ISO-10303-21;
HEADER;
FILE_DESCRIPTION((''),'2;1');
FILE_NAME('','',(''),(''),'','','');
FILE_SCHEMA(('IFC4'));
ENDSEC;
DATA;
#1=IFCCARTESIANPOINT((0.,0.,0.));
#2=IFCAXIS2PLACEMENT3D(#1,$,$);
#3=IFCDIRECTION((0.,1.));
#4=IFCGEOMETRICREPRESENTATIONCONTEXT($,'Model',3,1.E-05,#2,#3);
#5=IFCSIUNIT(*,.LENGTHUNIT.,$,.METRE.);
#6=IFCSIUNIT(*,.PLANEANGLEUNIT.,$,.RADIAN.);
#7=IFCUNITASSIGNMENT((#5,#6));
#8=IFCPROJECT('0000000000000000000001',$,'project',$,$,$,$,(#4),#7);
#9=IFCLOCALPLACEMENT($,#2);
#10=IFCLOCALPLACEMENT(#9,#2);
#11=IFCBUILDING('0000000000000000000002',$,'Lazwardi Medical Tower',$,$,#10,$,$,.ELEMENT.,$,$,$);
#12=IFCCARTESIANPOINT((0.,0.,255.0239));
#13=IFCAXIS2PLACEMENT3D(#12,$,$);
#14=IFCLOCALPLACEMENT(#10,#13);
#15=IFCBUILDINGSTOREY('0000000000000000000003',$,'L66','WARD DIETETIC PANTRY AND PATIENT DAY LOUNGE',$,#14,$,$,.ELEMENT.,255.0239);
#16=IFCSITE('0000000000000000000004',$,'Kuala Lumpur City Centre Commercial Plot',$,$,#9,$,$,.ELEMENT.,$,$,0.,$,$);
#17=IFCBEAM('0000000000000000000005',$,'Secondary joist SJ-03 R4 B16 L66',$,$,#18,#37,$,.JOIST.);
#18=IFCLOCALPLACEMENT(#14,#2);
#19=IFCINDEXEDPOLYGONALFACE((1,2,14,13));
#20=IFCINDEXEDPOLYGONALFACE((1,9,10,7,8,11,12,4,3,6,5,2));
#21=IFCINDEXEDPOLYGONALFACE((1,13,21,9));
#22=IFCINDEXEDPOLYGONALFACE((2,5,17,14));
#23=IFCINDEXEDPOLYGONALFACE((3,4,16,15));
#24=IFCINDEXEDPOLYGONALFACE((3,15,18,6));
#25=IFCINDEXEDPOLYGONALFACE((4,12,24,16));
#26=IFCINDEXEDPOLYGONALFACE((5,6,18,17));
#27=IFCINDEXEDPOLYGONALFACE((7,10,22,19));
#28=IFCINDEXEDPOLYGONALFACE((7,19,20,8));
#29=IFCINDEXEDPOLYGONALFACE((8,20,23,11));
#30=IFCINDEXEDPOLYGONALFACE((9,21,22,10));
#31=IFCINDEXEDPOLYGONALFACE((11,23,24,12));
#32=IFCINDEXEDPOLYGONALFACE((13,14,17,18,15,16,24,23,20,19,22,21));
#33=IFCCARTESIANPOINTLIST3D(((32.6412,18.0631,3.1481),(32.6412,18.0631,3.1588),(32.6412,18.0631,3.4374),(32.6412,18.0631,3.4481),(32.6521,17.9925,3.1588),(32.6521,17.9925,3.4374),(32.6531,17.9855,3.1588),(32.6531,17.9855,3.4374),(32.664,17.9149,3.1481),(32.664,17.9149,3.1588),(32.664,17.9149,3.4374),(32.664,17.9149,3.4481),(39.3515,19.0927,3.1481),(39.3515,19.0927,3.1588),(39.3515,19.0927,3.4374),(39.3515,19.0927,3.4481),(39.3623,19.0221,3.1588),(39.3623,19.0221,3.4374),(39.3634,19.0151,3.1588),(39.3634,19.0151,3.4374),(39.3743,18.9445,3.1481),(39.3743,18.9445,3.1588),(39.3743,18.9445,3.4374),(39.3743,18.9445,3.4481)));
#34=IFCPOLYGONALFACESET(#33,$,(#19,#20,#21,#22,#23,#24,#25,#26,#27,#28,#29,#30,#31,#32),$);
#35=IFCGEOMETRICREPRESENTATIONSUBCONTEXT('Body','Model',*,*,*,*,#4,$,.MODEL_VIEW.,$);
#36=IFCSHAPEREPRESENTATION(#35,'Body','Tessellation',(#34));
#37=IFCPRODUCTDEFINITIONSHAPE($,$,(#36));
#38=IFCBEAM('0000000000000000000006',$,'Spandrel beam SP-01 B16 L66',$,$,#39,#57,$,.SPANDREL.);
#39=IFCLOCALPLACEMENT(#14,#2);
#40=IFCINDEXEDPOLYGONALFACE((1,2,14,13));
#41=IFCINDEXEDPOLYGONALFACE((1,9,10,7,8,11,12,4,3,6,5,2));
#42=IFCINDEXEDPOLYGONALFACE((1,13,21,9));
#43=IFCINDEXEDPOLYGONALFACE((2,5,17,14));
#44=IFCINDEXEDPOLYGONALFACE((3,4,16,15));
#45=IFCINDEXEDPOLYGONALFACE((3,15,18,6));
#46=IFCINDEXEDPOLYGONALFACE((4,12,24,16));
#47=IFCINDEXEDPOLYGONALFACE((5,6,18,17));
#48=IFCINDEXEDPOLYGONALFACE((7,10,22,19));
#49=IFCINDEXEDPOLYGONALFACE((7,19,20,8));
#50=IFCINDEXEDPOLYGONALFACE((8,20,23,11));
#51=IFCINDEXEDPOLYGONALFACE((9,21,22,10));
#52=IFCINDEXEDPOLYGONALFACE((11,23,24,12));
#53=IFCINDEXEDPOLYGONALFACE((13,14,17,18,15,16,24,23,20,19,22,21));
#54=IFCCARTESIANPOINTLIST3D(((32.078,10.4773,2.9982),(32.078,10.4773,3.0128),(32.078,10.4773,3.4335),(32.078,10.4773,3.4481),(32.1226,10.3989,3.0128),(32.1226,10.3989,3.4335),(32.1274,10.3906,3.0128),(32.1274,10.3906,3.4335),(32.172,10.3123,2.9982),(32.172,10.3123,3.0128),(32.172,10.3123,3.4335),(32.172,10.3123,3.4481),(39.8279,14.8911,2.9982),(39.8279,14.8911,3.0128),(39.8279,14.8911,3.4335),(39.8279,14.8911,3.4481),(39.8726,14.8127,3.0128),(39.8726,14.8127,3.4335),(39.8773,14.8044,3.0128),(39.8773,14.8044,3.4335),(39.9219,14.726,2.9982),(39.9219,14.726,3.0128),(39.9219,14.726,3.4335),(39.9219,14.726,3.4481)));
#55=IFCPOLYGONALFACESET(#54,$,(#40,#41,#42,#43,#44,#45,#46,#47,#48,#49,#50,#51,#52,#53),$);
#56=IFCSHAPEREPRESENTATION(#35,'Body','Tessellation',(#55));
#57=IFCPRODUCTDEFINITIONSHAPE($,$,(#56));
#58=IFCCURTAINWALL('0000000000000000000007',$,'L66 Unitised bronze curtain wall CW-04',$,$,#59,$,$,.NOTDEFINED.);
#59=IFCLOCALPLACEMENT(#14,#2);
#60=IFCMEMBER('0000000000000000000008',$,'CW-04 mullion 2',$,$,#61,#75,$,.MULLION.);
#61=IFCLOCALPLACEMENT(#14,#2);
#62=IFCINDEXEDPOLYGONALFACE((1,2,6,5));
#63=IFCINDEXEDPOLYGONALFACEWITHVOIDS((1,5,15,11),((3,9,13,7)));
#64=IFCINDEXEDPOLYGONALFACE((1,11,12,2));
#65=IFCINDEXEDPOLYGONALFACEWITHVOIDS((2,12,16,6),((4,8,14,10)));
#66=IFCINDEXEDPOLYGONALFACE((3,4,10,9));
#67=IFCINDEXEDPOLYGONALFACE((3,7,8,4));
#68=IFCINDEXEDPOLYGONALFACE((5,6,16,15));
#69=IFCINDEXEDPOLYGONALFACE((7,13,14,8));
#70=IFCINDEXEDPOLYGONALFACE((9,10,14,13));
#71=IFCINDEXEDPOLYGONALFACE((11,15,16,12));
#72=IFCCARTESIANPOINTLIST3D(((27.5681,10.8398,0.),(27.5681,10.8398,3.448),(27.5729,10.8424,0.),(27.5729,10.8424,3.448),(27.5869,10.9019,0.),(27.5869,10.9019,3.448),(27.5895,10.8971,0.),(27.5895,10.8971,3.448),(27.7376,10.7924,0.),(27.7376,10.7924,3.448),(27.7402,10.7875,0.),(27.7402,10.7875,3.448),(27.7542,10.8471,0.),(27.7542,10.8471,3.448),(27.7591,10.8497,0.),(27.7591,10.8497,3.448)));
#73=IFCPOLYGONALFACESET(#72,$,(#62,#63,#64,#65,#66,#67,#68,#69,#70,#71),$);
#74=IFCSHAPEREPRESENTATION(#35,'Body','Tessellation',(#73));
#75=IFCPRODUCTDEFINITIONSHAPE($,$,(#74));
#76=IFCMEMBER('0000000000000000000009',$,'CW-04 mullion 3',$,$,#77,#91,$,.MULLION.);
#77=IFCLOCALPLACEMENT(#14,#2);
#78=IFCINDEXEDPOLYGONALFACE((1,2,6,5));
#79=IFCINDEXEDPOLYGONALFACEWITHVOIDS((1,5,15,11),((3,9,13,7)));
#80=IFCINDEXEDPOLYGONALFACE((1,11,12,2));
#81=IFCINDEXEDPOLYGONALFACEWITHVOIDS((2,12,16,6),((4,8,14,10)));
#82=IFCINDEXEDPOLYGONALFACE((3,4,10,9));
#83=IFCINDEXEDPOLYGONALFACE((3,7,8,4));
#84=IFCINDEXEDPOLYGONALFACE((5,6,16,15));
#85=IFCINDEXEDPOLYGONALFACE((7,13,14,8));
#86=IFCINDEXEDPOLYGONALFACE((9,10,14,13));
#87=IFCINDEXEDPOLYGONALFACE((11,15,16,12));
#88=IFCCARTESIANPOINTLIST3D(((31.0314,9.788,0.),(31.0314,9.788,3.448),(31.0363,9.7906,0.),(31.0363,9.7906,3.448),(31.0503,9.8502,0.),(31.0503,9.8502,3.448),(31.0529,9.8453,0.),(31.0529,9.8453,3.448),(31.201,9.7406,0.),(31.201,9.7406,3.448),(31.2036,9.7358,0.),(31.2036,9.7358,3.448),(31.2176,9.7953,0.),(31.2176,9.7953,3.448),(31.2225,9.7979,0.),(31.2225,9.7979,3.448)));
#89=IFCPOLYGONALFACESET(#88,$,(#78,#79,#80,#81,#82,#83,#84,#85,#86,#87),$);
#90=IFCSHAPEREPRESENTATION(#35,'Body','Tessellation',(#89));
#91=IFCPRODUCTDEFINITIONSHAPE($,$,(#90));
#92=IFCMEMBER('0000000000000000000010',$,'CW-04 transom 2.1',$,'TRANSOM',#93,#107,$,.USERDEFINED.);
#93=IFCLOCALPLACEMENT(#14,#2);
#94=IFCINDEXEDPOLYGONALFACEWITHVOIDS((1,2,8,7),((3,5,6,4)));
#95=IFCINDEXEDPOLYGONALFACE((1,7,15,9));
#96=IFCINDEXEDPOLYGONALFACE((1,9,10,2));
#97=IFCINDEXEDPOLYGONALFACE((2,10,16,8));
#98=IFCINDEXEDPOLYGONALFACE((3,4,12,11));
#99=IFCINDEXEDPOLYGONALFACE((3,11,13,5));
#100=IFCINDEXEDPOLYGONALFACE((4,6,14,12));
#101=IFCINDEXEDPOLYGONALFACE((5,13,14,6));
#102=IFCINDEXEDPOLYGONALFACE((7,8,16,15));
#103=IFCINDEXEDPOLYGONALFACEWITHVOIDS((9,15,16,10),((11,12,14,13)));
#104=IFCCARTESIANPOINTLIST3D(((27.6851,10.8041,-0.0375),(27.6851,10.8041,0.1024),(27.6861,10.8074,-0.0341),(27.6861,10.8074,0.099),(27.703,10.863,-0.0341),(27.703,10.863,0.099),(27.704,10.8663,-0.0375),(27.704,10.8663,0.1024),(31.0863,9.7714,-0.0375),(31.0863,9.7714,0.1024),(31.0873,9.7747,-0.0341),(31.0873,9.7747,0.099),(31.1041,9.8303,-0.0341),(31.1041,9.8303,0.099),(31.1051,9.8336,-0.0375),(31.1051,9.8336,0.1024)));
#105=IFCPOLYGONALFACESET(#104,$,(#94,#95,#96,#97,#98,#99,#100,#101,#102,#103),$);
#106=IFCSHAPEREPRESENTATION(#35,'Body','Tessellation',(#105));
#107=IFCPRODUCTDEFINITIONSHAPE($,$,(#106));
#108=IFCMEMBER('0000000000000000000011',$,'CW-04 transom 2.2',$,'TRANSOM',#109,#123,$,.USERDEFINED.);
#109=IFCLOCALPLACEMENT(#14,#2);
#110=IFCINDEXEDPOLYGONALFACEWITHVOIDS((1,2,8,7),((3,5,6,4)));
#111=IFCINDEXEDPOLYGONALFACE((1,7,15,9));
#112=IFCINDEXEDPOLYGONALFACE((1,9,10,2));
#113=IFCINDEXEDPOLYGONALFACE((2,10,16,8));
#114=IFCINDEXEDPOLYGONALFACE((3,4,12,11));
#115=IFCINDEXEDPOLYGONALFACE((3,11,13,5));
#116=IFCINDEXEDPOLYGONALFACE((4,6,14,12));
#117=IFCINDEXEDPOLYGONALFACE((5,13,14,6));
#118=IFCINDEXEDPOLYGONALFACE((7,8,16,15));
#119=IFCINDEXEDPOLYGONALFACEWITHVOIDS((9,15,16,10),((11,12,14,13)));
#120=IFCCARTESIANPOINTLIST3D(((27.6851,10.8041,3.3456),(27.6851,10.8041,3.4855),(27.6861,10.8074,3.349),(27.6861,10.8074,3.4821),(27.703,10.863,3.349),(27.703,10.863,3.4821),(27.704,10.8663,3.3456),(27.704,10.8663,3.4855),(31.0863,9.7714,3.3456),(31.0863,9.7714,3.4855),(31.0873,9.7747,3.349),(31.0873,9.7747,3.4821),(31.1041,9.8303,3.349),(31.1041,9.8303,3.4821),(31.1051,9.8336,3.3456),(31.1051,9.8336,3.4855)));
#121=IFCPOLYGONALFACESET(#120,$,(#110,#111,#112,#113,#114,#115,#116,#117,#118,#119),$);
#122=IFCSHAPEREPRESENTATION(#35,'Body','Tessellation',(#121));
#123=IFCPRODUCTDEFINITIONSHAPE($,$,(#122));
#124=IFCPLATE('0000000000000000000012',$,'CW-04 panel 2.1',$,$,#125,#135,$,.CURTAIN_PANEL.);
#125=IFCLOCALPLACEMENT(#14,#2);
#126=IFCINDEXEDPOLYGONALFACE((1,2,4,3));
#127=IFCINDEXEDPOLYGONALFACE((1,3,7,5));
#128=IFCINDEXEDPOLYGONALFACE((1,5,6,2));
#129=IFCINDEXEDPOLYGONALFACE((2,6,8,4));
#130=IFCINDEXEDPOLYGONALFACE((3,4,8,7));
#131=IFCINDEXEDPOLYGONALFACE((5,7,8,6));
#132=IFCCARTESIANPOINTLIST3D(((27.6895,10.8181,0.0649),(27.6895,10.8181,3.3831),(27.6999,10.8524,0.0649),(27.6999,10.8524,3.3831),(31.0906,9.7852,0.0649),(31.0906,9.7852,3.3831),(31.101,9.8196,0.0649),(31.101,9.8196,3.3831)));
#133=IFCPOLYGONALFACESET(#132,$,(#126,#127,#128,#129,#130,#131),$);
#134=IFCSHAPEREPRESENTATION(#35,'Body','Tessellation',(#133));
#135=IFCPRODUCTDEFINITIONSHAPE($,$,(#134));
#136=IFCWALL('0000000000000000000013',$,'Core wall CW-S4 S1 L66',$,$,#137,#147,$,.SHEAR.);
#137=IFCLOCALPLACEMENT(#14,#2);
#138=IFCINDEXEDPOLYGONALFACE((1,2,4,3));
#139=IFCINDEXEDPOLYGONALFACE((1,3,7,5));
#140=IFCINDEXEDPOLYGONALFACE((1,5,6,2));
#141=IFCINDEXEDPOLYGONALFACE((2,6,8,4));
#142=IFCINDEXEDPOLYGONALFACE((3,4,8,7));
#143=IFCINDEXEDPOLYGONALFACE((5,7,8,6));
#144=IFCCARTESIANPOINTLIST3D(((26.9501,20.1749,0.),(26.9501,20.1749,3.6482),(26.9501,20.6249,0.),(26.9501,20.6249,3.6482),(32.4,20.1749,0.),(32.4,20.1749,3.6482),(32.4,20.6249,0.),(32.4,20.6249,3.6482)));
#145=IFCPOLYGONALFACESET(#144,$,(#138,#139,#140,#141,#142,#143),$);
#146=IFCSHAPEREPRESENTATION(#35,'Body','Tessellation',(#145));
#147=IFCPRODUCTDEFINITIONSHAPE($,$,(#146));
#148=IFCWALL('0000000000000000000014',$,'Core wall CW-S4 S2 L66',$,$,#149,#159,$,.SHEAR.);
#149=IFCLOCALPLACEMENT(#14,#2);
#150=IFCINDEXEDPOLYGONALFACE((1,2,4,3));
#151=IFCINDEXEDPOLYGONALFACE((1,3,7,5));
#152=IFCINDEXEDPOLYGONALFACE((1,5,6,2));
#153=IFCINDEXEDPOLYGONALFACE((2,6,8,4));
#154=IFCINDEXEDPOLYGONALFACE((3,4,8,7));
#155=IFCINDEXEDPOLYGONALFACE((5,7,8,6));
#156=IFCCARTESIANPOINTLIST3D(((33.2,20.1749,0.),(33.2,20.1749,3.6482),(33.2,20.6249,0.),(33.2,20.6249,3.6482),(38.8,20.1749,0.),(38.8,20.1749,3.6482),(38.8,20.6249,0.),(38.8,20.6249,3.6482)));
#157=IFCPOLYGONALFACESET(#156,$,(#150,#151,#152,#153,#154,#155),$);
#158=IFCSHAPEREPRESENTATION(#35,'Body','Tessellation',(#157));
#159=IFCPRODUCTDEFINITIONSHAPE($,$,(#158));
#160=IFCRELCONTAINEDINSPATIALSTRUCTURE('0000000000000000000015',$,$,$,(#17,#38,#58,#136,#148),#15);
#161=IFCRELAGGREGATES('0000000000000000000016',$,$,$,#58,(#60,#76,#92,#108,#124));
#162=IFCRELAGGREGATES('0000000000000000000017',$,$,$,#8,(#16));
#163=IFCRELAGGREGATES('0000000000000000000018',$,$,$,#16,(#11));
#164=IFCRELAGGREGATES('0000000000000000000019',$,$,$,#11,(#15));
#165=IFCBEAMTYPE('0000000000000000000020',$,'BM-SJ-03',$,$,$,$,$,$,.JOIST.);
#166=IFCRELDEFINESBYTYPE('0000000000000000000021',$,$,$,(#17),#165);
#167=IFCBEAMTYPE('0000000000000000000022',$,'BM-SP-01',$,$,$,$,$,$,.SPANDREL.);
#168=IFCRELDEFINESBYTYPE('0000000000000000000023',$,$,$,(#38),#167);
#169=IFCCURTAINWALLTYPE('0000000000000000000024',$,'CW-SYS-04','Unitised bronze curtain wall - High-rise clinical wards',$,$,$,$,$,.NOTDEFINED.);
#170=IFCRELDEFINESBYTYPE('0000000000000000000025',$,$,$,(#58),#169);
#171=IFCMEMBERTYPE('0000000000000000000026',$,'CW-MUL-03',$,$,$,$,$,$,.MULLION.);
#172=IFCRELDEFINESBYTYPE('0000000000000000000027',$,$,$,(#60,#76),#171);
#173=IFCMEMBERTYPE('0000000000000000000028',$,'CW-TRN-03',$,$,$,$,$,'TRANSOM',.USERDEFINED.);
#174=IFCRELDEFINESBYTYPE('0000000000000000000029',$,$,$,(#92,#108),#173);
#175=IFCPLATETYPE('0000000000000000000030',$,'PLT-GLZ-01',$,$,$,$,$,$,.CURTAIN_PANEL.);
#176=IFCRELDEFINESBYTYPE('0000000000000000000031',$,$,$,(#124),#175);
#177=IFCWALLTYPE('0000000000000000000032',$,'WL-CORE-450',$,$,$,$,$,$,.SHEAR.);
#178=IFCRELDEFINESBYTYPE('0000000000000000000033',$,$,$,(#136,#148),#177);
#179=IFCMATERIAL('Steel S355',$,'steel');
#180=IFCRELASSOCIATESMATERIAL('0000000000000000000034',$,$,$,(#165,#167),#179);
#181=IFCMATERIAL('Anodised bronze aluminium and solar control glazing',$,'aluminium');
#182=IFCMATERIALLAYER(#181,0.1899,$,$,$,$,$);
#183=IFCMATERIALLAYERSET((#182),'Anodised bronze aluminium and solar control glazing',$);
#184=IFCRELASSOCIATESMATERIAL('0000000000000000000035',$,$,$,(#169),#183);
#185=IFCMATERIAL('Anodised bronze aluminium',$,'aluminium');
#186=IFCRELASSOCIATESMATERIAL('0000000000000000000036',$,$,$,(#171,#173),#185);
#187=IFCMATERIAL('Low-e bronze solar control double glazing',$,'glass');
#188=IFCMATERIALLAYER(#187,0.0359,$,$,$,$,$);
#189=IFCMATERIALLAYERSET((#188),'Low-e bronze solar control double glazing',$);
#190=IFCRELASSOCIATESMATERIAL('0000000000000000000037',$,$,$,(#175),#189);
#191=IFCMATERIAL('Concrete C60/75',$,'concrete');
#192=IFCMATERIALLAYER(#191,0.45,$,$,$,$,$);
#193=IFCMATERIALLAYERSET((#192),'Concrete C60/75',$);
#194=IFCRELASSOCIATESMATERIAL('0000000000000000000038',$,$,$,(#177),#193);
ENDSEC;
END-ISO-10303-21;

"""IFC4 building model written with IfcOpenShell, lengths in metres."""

from ifc_helpers import new_model, si_unit, direction, frame, frame_2d, origin, origin_2d, place, context, subcontext, project, spatial, rectangle, hollow_rectangle, i_section, extrude, material, layer, layer_set, material_profile, profile_set, type_object, element, aggregate, save


model = new_model("IFC4")

# Units and contexts
model_context = context("Model", 3, precision=1e-05, world=origin(), true_north=direction((0.0, 1.0)))
body_context = subcontext(model_context, "Body", "Model", "MODEL_VIEW")
ifc_project = project(units=[si_unit("LENGTHUNIT", "METRE"), si_unit("PLANEANGLEUNIT", "RADIAN")], contexts=[model_context])

# Site, building, storey
site_placement = place(None, origin())
site = spatial("IfcSite", under=ifc_project, at=site_placement, Name="Kuala Lumpur City Centre Commercial Plot", CompositionType="ELEMENT", RefElevation=0.0)
building_placement = place(site_placement, origin())
building = spatial("IfcBuilding", under=site, at=building_placement, Name="Lazwardi Medical Tower", CompositionType="ELEMENT")
storey_placement = place(building_placement, frame((0.0, 0.0, 255.0239)))
storey = spatial("IfcBuildingStorey", under=building, at=storey_placement, Name="L66", Description="WARD DIETETIC PANTRY AND PATIENT DAY LOUNGE", CompositionType="ELEMENT", Elevation=255.0239)

# Shared definitions
ifc_material_1 = material(Name="Concrete C60/75", Category="concrete")

# Beams
ifc_material_2 = material(Name="Steel S355", Category="steel")
ifc_material_profile_1 = material_profile(ifc_material_2, i_section(OverallWidth=0.1499, OverallDepth=0.3, WebThickness=0.0071, FlangeThickness=0.0107, at=origin_2d()), Name="IPE 300")
ifc_profile_set_1 = profile_set([ifc_material_profile_1], Name="Steel S355")
beam_type_1 = type_object("IfcBeamType", Name="BM-SJ-03", PredefinedType="JOIST", material=ifc_profile_set_1)
beam_1_placement = place(storey_placement, frame((32.6526, 17.989, 3.2981), z_axis=(0.988434, 0.151655, 0.0), x_axis=(-0.151655, 0.988434, 0.0)))
element("IfcBeam", 1, at=beam_1_placement, inside=storey, type_object=beam_type_1, Name="Secondary joist SJ-03 R4 B16 L66", PredefinedType="JOIST", context=body_context, shape_type="SweptSolid", body=[
    extrude(i_section(OverallWidth=0.1499, OverallDepth=0.3, WebThickness=0.0071, FlangeThickness=0.0107, at=origin_2d()), origin(), (0.0, 0.0, 1.0), 6.7888),
])
ifc_material_profile_2 = material_profile(ifc_material_2, i_section(OverallWidth=0.1899, OverallDepth=0.45, WebThickness=0.0095, FlangeThickness=0.0146, at=origin_2d()), Name="IPE 450")
ifc_profile_set_2 = profile_set([ifc_material_profile_2], Name="Steel S355")
beam_type_2 = type_object("IfcBeamType", Name="BM-SP-01", PredefinedType="SPANDREL", material=ifc_profile_set_2)
beam_2_placement = place(storey_placement, frame((32.125, 10.3948, 3.2231), z_axis=(0.868955, 0.494891, 0.0), x_axis=(-0.494891, 0.868955, 0.0)))
element("IfcBeam", 2, at=beam_2_placement, inside=storey, type_object=beam_type_2, Name="Spandrel beam SP-01 B16 L66", PredefinedType="SPANDREL", context=body_context, shape_type="SweptSolid", body=[
    extrude(i_section(OverallWidth=0.1899, OverallDepth=0.45, WebThickness=0.0095, FlangeThickness=0.0146, at=origin_2d()), origin(), (0.0, 0.0, 1.0), 8.9187),
])

# Curtain wall, members, plate
ifc_material_3 = material(Name="Anodised bronze aluminium and solar control glazing", Category="aluminium")
ifc_layer_1 = layer(ifc_material_3, 0.1899)
ifc_layer_set_1 = layer_set([ifc_layer_1], Name="Anodised bronze aluminium and solar control glazing")
curtain_wall_type = type_object("IfcCurtainWallType", Name="CW-SYS-04", Description="Unitised bronze curtain wall - High-rise clinical wards", PredefinedType="NOTDEFINED", material=ifc_layer_set_1)
curtain_wall_placement = place(storey_placement, origin())
curtain_wall = element("IfcCurtainWall", 3, at=curtain_wall_placement, inside=storey, type_object=curtain_wall_type, Name="L66 Unitised bronze curtain wall CW-04", PredefinedType="NOTDEFINED")
ifc_material_4 = material(Name="Anodised bronze aluminium", Category="aluminium")
ifc_material_profile_3 = material_profile(ifc_material_4, hollow_rectangle(XDim=0.0649, YDim=0.1799, WallThickness=0.0039, at=origin_2d()), Name="ALU-MULLION 180x65x4")
ifc_profile_set_3 = profile_set([ifc_material_profile_3], Name="Anodised bronze aluminium")
member_type_1 = type_object("IfcMemberType", Name="CW-MUL-03", PredefinedType="MULLION", material=ifc_profile_set_3)
member_1_placement = place(storey_placement, frame((27.6636, 10.8447, 0.0), z_axis=(0.0, 0.0, 1.0), x_axis=(0.290582, 0.95685, 0.0)))
member_1 = element("IfcMember", 4, at=member_1_placement, type_object=member_type_1, Name="CW-04 mullion 2", PredefinedType="MULLION", context=body_context, shape_type="SweptSolid", body=[
    extrude(hollow_rectangle(XDim=0.0649, YDim=0.1799, WallThickness=0.0039, at=origin_2d()), origin(), (0.0, 0.0, 1.0), 3.448),
])
member_2_placement = place(storey_placement, frame((31.127, 9.793, 0.0), z_axis=(0.0, 0.0, 1.0), x_axis=(0.290582, 0.95685, 0.0)))
member_2 = element("IfcMember", 5, at=member_2_placement, type_object=member_type_1, Name="CW-04 mullion 3", PredefinedType="MULLION", context=body_context, shape_type="SweptSolid", body=[
    extrude(hollow_rectangle(XDim=0.0649, YDim=0.1799, WallThickness=0.0039, at=origin_2d()), origin(), (0.0, 0.0, 1.0), 3.448),
])
ifc_material_profile_4 = material_profile(ifc_material_4, hollow_rectangle(XDim=0.0649, YDim=0.1399, WallThickness=0.0034, at=origin_2d()), Name="ALU-TRANSOM 140x65x3.5")
ifc_profile_set_4 = profile_set([ifc_material_profile_4], Name="Anodised bronze aluminium")
member_type_2 = type_object("IfcMemberType", Name="CW-TRN-03", ElementType="TRANSOM", PredefinedType="USERDEFINED", material=ifc_profile_set_4)
member_3_placement = place(storey_placement, frame((27.6946, 10.8352, 0.0325), z_axis=(0.956863, -0.290541, 0.0), x_axis=(0.290541, 0.956863, 0.0)))
member_3 = element("IfcMember", 6, at=member_3_placement, type_object=member_type_2, Name="CW-04 transom 2.1", ObjectType="TRANSOM", PredefinedType="USERDEFINED", context=body_context, shape_type="SweptSolid", body=[
    extrude(hollow_rectangle(XDim=0.0649, YDim=0.1399, WallThickness=0.0034, at=origin_2d()), origin(), (0.0, 0.0, 1.0), 3.5544),
])
member_4_placement = place(storey_placement, frame((27.6946, 10.8352, 3.4155), z_axis=(0.956863, -0.290541, 0.0), x_axis=(0.290541, 0.956863, 0.0)))
member_4 = element("IfcMember", 7, at=member_4_placement, type_object=member_type_2, Name="CW-04 transom 2.2", ObjectType="TRANSOM", PredefinedType="USERDEFINED", context=body_context, shape_type="SweptSolid", body=[
    extrude(hollow_rectangle(XDim=0.0649, YDim=0.1399, WallThickness=0.0034, at=origin_2d()), origin(), (0.0, 0.0, 1.0), 3.5544),
])
ifc_material_5 = material(Name="Low-e bronze solar control double glazing", Category="glass")
ifc_layer_2 = layer(ifc_material_5, 0.0359)
ifc_layer_set_2 = layer_set([ifc_layer_2], Name="Low-e bronze solar control double glazing")
plate_type = type_object("IfcPlateType", Name="PLT-GLZ-01", PredefinedType="CURTAIN_PANEL", material=ifc_layer_set_2)
plate_placement = place(storey_placement, frame((29.3953, 10.3188, 0.0649), z_axis=(0.0, 0.0, 1.0), x_axis=(0.95685, -0.290582, 0.0)))
plate = element("IfcPlate", 8, at=plate_placement, type_object=plate_type, Name="CW-04 panel 2.1", PredefinedType="CURTAIN_PANEL", context=body_context, shape_type="SweptSolid", body=[
    extrude(rectangle(XDim=3.5544, YDim=0.0359, at=origin_2d()), origin(), (0.0, 0.0, 1.0), 3.3181),
])
aggregate(curtain_wall, [member_1, member_2, member_3, member_4, plate])

# Walls
ifc_layer_3 = layer(ifc_material_1, 0.45)
ifc_layer_set_3 = layer_set([ifc_layer_3], Name="Concrete C60/75")
wall_type_1 = type_object("IfcWallType", Name="WL-CORE-450", PredefinedType="SHEAR", material=ifc_layer_set_3)
wall_1_placement = place(storey_placement, frame((26.95, 20.3999, 0.0), z_axis=(0.0, 0.0, 1.0), x_axis=(1.0, 0.0, 0.0)))
element("IfcWall", 9, at=wall_1_placement, inside=storey, type_object=wall_type_1, Name="Core wall CW-S4 S1 L66", PredefinedType="SHEAR", context=body_context, shape_type="SweptSolid", body=[
    extrude(rectangle(XDim=5.45, YDim=0.45, at=frame_2d((2.7251, 0.0))), origin(), (0.0, 0.0, 1.0), 3.6482),
])
wall_2_placement = place(storey_placement, frame((33.2, 20.3999, 0.0), z_axis=(0.0, 0.0, 1.0), x_axis=(1.0, 0.0, 0.0)))
element("IfcWall", 10, at=wall_2_placement, inside=storey, type_object=wall_type_1, Name="Core wall CW-S4 S2 L66", PredefinedType="SHEAR", context=body_context, shape_type="SweptSolid", body=[
    extrude(rectangle(XDim=5.6001, YDim=0.45, at=frame_2d((2.8, 0.0))), origin(), (0.0, 0.0, 1.0), 3.6482),
])

save(model, "model.ifc")
